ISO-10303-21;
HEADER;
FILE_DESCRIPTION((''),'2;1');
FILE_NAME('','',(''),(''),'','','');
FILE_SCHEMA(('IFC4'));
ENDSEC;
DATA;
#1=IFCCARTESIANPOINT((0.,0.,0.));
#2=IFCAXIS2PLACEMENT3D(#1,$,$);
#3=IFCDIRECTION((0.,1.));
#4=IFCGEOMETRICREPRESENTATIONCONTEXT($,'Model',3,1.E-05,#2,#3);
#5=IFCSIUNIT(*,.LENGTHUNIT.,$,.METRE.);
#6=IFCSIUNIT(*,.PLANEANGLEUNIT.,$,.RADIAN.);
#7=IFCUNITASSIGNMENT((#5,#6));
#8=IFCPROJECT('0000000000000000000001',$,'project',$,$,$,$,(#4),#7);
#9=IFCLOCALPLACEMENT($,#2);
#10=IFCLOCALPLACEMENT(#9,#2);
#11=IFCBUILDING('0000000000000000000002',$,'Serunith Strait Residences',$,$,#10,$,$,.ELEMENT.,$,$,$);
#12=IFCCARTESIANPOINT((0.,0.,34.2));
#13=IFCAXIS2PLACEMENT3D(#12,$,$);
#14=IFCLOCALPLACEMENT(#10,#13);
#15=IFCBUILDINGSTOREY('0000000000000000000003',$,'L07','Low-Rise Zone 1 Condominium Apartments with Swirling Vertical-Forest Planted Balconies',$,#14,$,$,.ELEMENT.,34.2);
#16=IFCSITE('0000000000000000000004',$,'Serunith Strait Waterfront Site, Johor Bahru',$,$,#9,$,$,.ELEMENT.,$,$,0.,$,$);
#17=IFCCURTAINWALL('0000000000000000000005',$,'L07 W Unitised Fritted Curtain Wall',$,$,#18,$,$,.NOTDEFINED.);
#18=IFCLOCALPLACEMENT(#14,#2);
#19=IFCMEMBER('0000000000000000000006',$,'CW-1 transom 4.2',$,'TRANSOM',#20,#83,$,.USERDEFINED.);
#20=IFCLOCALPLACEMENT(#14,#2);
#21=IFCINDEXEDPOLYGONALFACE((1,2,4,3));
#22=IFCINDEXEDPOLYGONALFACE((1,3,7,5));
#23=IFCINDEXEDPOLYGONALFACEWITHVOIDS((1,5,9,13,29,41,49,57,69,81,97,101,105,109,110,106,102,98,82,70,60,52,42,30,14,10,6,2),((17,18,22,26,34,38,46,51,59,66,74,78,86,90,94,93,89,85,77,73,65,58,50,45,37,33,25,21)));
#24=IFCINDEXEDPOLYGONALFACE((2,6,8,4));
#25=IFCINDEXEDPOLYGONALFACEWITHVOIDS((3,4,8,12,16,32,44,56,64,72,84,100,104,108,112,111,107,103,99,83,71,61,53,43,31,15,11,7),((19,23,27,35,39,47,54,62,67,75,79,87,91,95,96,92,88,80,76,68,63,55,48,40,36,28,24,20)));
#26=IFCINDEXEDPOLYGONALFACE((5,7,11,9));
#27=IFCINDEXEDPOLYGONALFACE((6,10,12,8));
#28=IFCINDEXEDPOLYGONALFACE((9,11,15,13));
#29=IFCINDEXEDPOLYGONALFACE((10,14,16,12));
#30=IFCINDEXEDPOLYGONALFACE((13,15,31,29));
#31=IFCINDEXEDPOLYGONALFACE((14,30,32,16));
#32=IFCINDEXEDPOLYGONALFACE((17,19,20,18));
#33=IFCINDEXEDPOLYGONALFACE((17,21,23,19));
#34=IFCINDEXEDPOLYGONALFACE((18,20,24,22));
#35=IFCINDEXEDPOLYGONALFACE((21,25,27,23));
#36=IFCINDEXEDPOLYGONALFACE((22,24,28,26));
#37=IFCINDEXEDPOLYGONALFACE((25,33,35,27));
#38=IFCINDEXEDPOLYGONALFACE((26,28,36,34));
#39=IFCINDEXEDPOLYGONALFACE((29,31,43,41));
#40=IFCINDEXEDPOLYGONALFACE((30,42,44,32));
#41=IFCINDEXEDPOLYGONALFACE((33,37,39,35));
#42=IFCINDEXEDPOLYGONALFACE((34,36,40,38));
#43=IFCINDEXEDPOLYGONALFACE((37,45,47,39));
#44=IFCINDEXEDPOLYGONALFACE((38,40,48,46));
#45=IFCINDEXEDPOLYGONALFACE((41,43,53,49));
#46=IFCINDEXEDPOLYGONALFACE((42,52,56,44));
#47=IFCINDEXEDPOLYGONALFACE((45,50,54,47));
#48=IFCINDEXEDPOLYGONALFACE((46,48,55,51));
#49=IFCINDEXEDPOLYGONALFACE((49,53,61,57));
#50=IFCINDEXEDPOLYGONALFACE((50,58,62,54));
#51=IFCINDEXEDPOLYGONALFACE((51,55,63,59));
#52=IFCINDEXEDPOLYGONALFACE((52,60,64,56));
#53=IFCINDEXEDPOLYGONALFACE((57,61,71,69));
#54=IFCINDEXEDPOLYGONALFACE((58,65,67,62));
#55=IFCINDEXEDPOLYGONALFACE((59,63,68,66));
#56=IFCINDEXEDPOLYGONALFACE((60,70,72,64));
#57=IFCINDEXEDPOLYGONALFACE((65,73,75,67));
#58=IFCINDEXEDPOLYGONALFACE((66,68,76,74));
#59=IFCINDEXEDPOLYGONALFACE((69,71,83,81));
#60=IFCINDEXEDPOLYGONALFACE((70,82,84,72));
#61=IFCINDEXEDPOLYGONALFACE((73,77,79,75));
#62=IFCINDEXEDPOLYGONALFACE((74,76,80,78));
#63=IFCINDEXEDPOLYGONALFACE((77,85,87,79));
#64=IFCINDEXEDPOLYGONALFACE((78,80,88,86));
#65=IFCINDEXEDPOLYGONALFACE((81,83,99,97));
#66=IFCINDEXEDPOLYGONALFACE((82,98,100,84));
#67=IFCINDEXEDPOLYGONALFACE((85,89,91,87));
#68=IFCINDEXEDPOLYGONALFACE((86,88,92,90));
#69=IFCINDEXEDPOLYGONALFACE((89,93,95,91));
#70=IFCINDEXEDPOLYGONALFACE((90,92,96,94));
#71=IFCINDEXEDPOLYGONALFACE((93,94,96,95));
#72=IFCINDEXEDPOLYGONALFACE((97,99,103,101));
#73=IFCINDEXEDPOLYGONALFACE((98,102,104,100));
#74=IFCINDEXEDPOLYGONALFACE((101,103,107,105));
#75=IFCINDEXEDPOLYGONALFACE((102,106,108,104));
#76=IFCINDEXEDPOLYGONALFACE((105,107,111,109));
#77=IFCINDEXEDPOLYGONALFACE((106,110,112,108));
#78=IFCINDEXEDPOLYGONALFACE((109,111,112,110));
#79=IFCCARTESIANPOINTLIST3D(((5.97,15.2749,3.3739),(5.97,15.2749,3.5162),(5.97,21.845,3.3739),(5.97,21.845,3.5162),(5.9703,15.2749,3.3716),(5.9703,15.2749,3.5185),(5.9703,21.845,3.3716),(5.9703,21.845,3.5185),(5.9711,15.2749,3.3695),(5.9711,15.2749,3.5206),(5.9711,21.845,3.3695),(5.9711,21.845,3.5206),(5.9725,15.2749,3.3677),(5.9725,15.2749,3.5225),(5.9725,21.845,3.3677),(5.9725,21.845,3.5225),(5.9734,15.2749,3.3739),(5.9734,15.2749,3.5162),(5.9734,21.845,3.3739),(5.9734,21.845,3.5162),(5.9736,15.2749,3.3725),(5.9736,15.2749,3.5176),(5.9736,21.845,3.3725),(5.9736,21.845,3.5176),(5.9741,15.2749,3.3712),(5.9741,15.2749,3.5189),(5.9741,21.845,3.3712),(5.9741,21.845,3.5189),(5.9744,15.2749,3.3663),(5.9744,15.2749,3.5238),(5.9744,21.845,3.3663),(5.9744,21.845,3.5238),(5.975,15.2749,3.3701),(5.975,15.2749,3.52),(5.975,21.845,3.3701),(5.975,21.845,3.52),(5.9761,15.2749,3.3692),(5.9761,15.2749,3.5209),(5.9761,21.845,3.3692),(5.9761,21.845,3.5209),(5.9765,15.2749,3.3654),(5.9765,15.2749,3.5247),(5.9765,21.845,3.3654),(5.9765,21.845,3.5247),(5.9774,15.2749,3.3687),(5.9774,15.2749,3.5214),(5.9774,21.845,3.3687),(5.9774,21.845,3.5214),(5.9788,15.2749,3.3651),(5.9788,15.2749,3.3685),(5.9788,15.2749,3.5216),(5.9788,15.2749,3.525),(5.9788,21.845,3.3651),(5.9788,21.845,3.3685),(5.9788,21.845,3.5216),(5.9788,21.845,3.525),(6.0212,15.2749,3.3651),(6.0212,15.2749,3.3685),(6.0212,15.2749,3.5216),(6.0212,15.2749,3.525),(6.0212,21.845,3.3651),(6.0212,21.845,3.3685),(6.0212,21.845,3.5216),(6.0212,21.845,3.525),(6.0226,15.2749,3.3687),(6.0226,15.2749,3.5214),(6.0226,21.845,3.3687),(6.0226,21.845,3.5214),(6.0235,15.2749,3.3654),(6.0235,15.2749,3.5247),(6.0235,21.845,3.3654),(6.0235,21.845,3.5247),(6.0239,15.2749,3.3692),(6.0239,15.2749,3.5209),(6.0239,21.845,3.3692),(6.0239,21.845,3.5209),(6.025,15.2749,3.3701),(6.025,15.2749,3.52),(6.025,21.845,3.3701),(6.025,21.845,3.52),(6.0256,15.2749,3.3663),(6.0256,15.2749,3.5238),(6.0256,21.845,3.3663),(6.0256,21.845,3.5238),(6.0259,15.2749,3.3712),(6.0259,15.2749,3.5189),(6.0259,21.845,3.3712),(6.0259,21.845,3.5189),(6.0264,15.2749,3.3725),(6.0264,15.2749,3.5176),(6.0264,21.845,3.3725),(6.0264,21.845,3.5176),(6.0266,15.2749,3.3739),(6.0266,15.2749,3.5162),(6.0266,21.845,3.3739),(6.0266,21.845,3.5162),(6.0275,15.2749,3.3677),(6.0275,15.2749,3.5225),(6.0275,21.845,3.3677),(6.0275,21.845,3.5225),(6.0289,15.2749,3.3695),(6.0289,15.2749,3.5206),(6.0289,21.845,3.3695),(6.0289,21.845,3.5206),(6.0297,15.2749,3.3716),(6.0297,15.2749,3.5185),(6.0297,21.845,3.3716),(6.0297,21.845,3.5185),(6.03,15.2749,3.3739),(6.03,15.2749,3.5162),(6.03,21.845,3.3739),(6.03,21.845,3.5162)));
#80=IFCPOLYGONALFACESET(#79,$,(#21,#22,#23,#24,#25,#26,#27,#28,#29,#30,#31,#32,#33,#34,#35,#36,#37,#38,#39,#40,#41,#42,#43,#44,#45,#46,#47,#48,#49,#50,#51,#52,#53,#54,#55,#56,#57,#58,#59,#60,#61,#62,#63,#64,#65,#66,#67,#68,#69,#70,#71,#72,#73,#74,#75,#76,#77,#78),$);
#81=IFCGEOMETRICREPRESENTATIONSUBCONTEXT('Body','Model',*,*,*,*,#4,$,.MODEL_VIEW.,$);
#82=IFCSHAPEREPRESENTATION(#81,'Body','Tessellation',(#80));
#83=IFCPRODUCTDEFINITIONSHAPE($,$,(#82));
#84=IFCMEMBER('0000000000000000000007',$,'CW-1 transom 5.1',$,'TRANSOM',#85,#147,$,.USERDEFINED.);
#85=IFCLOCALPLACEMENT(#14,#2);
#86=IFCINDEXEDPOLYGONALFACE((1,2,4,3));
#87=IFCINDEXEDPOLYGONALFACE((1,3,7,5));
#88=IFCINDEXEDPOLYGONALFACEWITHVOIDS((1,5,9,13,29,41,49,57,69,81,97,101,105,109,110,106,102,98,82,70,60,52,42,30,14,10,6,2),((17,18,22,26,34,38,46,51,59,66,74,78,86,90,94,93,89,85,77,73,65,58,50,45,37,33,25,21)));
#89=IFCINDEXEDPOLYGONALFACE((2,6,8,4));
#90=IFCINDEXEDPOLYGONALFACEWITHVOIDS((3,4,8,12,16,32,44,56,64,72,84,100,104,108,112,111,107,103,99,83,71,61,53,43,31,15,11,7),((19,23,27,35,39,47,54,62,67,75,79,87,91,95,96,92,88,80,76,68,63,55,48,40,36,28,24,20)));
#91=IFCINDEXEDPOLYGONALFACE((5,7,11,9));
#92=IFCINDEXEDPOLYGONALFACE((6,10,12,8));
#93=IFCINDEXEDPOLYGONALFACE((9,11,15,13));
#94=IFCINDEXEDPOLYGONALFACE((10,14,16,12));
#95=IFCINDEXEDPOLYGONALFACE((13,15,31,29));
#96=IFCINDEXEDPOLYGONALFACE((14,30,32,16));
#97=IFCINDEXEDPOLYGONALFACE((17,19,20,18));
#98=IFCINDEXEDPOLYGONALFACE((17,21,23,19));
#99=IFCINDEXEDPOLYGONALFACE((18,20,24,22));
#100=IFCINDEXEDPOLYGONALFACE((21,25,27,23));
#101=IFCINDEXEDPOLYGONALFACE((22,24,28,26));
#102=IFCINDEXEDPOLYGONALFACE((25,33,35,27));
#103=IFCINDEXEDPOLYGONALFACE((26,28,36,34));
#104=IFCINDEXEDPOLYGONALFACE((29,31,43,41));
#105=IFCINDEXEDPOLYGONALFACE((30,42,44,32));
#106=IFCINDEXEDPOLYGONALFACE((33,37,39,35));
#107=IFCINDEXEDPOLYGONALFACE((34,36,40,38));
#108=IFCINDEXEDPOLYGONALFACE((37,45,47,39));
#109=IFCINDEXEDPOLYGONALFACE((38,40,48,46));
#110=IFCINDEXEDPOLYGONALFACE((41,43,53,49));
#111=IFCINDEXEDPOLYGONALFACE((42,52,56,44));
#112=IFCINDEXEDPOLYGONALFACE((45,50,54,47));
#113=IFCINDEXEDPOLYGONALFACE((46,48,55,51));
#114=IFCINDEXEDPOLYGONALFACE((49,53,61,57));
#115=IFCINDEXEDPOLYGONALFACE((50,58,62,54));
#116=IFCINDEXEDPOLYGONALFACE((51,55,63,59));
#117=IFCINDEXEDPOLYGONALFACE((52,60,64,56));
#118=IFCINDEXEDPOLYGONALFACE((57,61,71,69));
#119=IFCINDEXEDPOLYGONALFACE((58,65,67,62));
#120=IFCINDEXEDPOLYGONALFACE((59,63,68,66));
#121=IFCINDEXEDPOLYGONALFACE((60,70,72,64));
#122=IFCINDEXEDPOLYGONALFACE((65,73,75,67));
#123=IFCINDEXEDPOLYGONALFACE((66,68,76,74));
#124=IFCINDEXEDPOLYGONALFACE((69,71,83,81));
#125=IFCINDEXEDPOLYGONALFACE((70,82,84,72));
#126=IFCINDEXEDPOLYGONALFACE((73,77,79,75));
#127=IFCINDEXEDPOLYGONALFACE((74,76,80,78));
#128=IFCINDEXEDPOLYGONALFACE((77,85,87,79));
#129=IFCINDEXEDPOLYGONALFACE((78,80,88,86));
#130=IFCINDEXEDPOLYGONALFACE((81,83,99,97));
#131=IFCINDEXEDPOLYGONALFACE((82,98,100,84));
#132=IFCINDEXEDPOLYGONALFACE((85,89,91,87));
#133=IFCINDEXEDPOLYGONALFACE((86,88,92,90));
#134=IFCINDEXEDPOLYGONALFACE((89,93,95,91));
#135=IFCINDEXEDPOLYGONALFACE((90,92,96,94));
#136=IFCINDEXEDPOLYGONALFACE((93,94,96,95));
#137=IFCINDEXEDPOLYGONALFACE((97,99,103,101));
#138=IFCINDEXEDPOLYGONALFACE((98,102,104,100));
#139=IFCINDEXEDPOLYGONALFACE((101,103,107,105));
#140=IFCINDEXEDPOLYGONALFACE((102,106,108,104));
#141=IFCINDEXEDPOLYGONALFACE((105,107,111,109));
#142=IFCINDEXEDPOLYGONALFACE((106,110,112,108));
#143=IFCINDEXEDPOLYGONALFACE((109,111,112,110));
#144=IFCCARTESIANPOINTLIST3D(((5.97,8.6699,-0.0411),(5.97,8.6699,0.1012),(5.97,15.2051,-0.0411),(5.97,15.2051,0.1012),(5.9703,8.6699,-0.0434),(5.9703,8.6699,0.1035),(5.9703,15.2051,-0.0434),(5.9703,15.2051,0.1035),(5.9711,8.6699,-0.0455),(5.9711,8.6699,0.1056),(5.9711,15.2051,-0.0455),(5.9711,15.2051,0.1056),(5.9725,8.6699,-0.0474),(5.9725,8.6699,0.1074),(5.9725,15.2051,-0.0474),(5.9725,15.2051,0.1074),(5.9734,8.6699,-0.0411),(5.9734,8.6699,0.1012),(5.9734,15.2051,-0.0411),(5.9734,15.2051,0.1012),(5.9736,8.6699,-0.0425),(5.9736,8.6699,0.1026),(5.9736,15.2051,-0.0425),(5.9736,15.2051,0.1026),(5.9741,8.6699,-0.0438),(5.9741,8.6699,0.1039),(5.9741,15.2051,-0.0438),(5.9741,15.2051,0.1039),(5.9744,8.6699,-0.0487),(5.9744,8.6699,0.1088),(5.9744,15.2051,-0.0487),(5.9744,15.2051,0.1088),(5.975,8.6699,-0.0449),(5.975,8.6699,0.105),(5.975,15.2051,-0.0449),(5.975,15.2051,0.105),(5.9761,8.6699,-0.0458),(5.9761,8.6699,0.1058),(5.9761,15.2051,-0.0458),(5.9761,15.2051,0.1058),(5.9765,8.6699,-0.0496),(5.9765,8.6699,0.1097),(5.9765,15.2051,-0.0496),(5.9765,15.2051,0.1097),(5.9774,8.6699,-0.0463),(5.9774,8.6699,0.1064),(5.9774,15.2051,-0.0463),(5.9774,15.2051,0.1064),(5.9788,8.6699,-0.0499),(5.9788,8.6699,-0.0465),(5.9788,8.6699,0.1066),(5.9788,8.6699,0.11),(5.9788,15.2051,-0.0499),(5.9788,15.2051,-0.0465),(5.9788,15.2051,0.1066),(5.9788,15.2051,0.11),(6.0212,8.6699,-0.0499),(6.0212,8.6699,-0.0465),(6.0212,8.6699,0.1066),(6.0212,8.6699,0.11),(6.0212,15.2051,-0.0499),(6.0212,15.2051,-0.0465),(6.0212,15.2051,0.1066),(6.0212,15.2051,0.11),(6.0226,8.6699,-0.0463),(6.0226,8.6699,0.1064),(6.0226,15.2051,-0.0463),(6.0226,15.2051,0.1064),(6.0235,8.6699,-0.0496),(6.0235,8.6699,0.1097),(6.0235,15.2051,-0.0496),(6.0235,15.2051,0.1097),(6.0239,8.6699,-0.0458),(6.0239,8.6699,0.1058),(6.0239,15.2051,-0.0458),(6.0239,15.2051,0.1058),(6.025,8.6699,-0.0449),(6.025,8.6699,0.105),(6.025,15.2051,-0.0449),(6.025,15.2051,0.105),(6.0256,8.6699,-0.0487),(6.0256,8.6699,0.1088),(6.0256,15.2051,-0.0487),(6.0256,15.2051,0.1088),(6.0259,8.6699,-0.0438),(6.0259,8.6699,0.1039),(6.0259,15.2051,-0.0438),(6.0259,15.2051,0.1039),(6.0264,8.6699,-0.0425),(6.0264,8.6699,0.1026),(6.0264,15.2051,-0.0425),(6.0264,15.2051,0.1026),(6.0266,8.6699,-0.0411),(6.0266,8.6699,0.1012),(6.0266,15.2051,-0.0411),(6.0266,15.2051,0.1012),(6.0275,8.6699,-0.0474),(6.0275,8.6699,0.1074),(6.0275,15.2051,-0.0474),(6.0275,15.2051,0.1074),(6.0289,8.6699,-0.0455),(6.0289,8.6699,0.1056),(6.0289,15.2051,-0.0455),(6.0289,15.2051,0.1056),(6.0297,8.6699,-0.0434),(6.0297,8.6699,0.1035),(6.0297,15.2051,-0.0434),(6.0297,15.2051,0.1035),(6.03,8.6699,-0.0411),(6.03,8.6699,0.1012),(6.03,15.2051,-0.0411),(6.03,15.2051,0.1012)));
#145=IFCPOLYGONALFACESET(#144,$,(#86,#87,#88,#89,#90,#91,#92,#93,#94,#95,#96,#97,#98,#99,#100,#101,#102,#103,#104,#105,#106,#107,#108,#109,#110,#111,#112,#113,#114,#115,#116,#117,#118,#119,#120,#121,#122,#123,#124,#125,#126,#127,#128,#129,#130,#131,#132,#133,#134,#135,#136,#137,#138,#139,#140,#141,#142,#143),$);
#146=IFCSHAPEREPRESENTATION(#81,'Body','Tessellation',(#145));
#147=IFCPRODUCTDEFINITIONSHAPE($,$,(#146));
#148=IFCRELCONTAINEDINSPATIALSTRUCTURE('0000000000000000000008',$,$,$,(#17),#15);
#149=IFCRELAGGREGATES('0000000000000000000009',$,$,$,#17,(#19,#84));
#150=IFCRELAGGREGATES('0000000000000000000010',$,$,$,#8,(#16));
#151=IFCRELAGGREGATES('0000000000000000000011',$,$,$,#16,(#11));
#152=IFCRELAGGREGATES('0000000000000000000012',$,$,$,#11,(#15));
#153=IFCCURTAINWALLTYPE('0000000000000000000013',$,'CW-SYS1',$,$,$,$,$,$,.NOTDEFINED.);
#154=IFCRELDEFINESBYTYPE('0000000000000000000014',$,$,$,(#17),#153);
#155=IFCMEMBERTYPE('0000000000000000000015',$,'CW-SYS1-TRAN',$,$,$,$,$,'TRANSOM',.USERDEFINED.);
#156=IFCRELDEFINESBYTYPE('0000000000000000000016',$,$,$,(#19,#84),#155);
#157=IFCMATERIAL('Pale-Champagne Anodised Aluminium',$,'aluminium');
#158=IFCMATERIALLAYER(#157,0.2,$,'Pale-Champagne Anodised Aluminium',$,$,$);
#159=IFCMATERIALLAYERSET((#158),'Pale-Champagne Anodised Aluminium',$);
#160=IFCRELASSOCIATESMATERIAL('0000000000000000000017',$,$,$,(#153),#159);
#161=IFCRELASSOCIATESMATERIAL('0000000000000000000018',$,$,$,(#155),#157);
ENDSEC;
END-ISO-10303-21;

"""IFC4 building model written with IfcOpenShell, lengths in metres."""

from ifc_helpers import new_model, si_unit, direction, frame, origin, origin_2d, place, context, subcontext, project, spatial, hollow_rectangle, extrude, source, transform, mapped, material, layer, layer_set, material_profile, profile_set, type_object, element, aggregate, save


model = new_model("IFC4")

# Units and contexts
model_context = context("Model", 3, precision=1e-05, world=origin(), true_north=direction((0.0, 1.0)))
body_context = subcontext(model_context, "Body", "Model", "MODEL_VIEW")
ifc_project = project(units=[si_unit("LENGTHUNIT", "METRE"), si_unit("PLANEANGLEUNIT", "RADIAN")], contexts=[model_context])

# Site, building, storey
site_placement = place(None, origin())
site = spatial("IfcSite", under=ifc_project, at=site_placement, Name="Serunith Strait Waterfront Site, Johor Bahru", CompositionType="ELEMENT", RefElevation=0.0)
building_placement = place(site_placement, origin())
building = spatial("IfcBuilding", under=site, at=building_placement, Name="Serunith Strait Residences", CompositionType="ELEMENT")
storey_placement = place(building_placement, frame((0.0, 0.0, 34.2)))
storey = spatial("IfcBuildingStorey", under=building, at=storey_placement, Name="L07", Description="Low-Rise Zone 1 Condominium Apartments with Swirling Vertical-Forest Planted Balconies", CompositionType="ELEMENT", Elevation=34.2)

# Curtain wall, members
ifc_material_1 = material(Name="Pale-Champagne Anodised Aluminium", Category="aluminium")
ifc_layer_1 = layer(ifc_material_1, 0.2, Name="Pale-Champagne Anodised Aluminium")
ifc_layer_set_1 = layer_set([ifc_layer_1], Name="Pale-Champagne Anodised Aluminium")
curtain_wall_type = type_object("IfcCurtainWallType", Name="CW-SYS1", PredefinedType="NOTDEFINED", material=ifc_layer_set_1)
curtain_wall_placement = place(storey_placement, origin())
curtain_wall = element("IfcCurtainWall", 1, at=curtain_wall_placement, inside=storey, type_object=curtain_wall_type, Name="L07 W Unitised Fritted Curtain Wall", PredefinedType="NOTDEFINED")
ifc_material_profile_1 = material_profile(ifc_material_1, hollow_rectangle(XDim=0.0601, YDim=0.1599, WallThickness=0.0034, InnerFilletRadius=0.0054, OuterFilletRadius=0.0088, at=origin_2d()), Name="ALU 160x60x3.5")
ifc_profile_set_1 = profile_set([ifc_material_profile_1], Name="Pale-Champagne Anodised Aluminium")
member_type_1 = type_object("IfcMemberType", Name="CW-SYS1-TRAN", ElementType="TRANSOM", PredefinedType="USERDEFINED", material=ifc_profile_set_1)
shared_shape_1 = source(origin(), body_context, "Body", "SweptSolid", [
    extrude(hollow_rectangle(XDim=0.0601, YDim=0.1599, WallThickness=0.0034, InnerFilletRadius=0.0054, OuterFilletRadius=0.0088, at=origin_2d()), origin(), (0.0, 0.0, 1.0), 6.5701),
])
member_1_placement = place(storey_placement, frame((6.0, 21.845, 3.4451), z_axis=(0.0, -1.0, 0.0), x_axis=(1.0, 0.0, 0.0)))
member_1 = element("IfcMember", 2, at=member_1_placement, type_object=member_type_1, Name="CW-1 transom 4.2", ObjectType="TRANSOM", PredefinedType="USERDEFINED", context=body_context, shape_type="MappedRepresentation", body=[
    mapped(shared_shape_1, transform((0.0, 0.0, 0.0), scale=1.0)),
])
shared_shape_2 = source(origin(), body_context, "Body", "SweptSolid", [
    extrude(hollow_rectangle(XDim=0.0601, YDim=0.1599, WallThickness=0.0034, InnerFilletRadius=0.0054, OuterFilletRadius=0.0088, at=origin_2d()), origin(), (0.0, 0.0, 1.0), 6.5352),
])
member_2_placement = place(storey_placement, frame((6.0, 15.2051, 0.03), z_axis=(0.0, -1.0, 0.0), x_axis=(1.0, 0.0, 0.0)))
member_2 = element("IfcMember", 3, at=member_2_placement, type_object=member_type_1, Name="CW-1 transom 5.1", ObjectType="TRANSOM", PredefinedType="USERDEFINED", context=body_context, shape_type="MappedRepresentation", body=[
    mapped(shared_shape_2, transform((0.0, 0.0, 0.0), scale=1.0)),
])
aggregate(curtain_wall, [member_1, member_2])

save(model, "model.ifc")
